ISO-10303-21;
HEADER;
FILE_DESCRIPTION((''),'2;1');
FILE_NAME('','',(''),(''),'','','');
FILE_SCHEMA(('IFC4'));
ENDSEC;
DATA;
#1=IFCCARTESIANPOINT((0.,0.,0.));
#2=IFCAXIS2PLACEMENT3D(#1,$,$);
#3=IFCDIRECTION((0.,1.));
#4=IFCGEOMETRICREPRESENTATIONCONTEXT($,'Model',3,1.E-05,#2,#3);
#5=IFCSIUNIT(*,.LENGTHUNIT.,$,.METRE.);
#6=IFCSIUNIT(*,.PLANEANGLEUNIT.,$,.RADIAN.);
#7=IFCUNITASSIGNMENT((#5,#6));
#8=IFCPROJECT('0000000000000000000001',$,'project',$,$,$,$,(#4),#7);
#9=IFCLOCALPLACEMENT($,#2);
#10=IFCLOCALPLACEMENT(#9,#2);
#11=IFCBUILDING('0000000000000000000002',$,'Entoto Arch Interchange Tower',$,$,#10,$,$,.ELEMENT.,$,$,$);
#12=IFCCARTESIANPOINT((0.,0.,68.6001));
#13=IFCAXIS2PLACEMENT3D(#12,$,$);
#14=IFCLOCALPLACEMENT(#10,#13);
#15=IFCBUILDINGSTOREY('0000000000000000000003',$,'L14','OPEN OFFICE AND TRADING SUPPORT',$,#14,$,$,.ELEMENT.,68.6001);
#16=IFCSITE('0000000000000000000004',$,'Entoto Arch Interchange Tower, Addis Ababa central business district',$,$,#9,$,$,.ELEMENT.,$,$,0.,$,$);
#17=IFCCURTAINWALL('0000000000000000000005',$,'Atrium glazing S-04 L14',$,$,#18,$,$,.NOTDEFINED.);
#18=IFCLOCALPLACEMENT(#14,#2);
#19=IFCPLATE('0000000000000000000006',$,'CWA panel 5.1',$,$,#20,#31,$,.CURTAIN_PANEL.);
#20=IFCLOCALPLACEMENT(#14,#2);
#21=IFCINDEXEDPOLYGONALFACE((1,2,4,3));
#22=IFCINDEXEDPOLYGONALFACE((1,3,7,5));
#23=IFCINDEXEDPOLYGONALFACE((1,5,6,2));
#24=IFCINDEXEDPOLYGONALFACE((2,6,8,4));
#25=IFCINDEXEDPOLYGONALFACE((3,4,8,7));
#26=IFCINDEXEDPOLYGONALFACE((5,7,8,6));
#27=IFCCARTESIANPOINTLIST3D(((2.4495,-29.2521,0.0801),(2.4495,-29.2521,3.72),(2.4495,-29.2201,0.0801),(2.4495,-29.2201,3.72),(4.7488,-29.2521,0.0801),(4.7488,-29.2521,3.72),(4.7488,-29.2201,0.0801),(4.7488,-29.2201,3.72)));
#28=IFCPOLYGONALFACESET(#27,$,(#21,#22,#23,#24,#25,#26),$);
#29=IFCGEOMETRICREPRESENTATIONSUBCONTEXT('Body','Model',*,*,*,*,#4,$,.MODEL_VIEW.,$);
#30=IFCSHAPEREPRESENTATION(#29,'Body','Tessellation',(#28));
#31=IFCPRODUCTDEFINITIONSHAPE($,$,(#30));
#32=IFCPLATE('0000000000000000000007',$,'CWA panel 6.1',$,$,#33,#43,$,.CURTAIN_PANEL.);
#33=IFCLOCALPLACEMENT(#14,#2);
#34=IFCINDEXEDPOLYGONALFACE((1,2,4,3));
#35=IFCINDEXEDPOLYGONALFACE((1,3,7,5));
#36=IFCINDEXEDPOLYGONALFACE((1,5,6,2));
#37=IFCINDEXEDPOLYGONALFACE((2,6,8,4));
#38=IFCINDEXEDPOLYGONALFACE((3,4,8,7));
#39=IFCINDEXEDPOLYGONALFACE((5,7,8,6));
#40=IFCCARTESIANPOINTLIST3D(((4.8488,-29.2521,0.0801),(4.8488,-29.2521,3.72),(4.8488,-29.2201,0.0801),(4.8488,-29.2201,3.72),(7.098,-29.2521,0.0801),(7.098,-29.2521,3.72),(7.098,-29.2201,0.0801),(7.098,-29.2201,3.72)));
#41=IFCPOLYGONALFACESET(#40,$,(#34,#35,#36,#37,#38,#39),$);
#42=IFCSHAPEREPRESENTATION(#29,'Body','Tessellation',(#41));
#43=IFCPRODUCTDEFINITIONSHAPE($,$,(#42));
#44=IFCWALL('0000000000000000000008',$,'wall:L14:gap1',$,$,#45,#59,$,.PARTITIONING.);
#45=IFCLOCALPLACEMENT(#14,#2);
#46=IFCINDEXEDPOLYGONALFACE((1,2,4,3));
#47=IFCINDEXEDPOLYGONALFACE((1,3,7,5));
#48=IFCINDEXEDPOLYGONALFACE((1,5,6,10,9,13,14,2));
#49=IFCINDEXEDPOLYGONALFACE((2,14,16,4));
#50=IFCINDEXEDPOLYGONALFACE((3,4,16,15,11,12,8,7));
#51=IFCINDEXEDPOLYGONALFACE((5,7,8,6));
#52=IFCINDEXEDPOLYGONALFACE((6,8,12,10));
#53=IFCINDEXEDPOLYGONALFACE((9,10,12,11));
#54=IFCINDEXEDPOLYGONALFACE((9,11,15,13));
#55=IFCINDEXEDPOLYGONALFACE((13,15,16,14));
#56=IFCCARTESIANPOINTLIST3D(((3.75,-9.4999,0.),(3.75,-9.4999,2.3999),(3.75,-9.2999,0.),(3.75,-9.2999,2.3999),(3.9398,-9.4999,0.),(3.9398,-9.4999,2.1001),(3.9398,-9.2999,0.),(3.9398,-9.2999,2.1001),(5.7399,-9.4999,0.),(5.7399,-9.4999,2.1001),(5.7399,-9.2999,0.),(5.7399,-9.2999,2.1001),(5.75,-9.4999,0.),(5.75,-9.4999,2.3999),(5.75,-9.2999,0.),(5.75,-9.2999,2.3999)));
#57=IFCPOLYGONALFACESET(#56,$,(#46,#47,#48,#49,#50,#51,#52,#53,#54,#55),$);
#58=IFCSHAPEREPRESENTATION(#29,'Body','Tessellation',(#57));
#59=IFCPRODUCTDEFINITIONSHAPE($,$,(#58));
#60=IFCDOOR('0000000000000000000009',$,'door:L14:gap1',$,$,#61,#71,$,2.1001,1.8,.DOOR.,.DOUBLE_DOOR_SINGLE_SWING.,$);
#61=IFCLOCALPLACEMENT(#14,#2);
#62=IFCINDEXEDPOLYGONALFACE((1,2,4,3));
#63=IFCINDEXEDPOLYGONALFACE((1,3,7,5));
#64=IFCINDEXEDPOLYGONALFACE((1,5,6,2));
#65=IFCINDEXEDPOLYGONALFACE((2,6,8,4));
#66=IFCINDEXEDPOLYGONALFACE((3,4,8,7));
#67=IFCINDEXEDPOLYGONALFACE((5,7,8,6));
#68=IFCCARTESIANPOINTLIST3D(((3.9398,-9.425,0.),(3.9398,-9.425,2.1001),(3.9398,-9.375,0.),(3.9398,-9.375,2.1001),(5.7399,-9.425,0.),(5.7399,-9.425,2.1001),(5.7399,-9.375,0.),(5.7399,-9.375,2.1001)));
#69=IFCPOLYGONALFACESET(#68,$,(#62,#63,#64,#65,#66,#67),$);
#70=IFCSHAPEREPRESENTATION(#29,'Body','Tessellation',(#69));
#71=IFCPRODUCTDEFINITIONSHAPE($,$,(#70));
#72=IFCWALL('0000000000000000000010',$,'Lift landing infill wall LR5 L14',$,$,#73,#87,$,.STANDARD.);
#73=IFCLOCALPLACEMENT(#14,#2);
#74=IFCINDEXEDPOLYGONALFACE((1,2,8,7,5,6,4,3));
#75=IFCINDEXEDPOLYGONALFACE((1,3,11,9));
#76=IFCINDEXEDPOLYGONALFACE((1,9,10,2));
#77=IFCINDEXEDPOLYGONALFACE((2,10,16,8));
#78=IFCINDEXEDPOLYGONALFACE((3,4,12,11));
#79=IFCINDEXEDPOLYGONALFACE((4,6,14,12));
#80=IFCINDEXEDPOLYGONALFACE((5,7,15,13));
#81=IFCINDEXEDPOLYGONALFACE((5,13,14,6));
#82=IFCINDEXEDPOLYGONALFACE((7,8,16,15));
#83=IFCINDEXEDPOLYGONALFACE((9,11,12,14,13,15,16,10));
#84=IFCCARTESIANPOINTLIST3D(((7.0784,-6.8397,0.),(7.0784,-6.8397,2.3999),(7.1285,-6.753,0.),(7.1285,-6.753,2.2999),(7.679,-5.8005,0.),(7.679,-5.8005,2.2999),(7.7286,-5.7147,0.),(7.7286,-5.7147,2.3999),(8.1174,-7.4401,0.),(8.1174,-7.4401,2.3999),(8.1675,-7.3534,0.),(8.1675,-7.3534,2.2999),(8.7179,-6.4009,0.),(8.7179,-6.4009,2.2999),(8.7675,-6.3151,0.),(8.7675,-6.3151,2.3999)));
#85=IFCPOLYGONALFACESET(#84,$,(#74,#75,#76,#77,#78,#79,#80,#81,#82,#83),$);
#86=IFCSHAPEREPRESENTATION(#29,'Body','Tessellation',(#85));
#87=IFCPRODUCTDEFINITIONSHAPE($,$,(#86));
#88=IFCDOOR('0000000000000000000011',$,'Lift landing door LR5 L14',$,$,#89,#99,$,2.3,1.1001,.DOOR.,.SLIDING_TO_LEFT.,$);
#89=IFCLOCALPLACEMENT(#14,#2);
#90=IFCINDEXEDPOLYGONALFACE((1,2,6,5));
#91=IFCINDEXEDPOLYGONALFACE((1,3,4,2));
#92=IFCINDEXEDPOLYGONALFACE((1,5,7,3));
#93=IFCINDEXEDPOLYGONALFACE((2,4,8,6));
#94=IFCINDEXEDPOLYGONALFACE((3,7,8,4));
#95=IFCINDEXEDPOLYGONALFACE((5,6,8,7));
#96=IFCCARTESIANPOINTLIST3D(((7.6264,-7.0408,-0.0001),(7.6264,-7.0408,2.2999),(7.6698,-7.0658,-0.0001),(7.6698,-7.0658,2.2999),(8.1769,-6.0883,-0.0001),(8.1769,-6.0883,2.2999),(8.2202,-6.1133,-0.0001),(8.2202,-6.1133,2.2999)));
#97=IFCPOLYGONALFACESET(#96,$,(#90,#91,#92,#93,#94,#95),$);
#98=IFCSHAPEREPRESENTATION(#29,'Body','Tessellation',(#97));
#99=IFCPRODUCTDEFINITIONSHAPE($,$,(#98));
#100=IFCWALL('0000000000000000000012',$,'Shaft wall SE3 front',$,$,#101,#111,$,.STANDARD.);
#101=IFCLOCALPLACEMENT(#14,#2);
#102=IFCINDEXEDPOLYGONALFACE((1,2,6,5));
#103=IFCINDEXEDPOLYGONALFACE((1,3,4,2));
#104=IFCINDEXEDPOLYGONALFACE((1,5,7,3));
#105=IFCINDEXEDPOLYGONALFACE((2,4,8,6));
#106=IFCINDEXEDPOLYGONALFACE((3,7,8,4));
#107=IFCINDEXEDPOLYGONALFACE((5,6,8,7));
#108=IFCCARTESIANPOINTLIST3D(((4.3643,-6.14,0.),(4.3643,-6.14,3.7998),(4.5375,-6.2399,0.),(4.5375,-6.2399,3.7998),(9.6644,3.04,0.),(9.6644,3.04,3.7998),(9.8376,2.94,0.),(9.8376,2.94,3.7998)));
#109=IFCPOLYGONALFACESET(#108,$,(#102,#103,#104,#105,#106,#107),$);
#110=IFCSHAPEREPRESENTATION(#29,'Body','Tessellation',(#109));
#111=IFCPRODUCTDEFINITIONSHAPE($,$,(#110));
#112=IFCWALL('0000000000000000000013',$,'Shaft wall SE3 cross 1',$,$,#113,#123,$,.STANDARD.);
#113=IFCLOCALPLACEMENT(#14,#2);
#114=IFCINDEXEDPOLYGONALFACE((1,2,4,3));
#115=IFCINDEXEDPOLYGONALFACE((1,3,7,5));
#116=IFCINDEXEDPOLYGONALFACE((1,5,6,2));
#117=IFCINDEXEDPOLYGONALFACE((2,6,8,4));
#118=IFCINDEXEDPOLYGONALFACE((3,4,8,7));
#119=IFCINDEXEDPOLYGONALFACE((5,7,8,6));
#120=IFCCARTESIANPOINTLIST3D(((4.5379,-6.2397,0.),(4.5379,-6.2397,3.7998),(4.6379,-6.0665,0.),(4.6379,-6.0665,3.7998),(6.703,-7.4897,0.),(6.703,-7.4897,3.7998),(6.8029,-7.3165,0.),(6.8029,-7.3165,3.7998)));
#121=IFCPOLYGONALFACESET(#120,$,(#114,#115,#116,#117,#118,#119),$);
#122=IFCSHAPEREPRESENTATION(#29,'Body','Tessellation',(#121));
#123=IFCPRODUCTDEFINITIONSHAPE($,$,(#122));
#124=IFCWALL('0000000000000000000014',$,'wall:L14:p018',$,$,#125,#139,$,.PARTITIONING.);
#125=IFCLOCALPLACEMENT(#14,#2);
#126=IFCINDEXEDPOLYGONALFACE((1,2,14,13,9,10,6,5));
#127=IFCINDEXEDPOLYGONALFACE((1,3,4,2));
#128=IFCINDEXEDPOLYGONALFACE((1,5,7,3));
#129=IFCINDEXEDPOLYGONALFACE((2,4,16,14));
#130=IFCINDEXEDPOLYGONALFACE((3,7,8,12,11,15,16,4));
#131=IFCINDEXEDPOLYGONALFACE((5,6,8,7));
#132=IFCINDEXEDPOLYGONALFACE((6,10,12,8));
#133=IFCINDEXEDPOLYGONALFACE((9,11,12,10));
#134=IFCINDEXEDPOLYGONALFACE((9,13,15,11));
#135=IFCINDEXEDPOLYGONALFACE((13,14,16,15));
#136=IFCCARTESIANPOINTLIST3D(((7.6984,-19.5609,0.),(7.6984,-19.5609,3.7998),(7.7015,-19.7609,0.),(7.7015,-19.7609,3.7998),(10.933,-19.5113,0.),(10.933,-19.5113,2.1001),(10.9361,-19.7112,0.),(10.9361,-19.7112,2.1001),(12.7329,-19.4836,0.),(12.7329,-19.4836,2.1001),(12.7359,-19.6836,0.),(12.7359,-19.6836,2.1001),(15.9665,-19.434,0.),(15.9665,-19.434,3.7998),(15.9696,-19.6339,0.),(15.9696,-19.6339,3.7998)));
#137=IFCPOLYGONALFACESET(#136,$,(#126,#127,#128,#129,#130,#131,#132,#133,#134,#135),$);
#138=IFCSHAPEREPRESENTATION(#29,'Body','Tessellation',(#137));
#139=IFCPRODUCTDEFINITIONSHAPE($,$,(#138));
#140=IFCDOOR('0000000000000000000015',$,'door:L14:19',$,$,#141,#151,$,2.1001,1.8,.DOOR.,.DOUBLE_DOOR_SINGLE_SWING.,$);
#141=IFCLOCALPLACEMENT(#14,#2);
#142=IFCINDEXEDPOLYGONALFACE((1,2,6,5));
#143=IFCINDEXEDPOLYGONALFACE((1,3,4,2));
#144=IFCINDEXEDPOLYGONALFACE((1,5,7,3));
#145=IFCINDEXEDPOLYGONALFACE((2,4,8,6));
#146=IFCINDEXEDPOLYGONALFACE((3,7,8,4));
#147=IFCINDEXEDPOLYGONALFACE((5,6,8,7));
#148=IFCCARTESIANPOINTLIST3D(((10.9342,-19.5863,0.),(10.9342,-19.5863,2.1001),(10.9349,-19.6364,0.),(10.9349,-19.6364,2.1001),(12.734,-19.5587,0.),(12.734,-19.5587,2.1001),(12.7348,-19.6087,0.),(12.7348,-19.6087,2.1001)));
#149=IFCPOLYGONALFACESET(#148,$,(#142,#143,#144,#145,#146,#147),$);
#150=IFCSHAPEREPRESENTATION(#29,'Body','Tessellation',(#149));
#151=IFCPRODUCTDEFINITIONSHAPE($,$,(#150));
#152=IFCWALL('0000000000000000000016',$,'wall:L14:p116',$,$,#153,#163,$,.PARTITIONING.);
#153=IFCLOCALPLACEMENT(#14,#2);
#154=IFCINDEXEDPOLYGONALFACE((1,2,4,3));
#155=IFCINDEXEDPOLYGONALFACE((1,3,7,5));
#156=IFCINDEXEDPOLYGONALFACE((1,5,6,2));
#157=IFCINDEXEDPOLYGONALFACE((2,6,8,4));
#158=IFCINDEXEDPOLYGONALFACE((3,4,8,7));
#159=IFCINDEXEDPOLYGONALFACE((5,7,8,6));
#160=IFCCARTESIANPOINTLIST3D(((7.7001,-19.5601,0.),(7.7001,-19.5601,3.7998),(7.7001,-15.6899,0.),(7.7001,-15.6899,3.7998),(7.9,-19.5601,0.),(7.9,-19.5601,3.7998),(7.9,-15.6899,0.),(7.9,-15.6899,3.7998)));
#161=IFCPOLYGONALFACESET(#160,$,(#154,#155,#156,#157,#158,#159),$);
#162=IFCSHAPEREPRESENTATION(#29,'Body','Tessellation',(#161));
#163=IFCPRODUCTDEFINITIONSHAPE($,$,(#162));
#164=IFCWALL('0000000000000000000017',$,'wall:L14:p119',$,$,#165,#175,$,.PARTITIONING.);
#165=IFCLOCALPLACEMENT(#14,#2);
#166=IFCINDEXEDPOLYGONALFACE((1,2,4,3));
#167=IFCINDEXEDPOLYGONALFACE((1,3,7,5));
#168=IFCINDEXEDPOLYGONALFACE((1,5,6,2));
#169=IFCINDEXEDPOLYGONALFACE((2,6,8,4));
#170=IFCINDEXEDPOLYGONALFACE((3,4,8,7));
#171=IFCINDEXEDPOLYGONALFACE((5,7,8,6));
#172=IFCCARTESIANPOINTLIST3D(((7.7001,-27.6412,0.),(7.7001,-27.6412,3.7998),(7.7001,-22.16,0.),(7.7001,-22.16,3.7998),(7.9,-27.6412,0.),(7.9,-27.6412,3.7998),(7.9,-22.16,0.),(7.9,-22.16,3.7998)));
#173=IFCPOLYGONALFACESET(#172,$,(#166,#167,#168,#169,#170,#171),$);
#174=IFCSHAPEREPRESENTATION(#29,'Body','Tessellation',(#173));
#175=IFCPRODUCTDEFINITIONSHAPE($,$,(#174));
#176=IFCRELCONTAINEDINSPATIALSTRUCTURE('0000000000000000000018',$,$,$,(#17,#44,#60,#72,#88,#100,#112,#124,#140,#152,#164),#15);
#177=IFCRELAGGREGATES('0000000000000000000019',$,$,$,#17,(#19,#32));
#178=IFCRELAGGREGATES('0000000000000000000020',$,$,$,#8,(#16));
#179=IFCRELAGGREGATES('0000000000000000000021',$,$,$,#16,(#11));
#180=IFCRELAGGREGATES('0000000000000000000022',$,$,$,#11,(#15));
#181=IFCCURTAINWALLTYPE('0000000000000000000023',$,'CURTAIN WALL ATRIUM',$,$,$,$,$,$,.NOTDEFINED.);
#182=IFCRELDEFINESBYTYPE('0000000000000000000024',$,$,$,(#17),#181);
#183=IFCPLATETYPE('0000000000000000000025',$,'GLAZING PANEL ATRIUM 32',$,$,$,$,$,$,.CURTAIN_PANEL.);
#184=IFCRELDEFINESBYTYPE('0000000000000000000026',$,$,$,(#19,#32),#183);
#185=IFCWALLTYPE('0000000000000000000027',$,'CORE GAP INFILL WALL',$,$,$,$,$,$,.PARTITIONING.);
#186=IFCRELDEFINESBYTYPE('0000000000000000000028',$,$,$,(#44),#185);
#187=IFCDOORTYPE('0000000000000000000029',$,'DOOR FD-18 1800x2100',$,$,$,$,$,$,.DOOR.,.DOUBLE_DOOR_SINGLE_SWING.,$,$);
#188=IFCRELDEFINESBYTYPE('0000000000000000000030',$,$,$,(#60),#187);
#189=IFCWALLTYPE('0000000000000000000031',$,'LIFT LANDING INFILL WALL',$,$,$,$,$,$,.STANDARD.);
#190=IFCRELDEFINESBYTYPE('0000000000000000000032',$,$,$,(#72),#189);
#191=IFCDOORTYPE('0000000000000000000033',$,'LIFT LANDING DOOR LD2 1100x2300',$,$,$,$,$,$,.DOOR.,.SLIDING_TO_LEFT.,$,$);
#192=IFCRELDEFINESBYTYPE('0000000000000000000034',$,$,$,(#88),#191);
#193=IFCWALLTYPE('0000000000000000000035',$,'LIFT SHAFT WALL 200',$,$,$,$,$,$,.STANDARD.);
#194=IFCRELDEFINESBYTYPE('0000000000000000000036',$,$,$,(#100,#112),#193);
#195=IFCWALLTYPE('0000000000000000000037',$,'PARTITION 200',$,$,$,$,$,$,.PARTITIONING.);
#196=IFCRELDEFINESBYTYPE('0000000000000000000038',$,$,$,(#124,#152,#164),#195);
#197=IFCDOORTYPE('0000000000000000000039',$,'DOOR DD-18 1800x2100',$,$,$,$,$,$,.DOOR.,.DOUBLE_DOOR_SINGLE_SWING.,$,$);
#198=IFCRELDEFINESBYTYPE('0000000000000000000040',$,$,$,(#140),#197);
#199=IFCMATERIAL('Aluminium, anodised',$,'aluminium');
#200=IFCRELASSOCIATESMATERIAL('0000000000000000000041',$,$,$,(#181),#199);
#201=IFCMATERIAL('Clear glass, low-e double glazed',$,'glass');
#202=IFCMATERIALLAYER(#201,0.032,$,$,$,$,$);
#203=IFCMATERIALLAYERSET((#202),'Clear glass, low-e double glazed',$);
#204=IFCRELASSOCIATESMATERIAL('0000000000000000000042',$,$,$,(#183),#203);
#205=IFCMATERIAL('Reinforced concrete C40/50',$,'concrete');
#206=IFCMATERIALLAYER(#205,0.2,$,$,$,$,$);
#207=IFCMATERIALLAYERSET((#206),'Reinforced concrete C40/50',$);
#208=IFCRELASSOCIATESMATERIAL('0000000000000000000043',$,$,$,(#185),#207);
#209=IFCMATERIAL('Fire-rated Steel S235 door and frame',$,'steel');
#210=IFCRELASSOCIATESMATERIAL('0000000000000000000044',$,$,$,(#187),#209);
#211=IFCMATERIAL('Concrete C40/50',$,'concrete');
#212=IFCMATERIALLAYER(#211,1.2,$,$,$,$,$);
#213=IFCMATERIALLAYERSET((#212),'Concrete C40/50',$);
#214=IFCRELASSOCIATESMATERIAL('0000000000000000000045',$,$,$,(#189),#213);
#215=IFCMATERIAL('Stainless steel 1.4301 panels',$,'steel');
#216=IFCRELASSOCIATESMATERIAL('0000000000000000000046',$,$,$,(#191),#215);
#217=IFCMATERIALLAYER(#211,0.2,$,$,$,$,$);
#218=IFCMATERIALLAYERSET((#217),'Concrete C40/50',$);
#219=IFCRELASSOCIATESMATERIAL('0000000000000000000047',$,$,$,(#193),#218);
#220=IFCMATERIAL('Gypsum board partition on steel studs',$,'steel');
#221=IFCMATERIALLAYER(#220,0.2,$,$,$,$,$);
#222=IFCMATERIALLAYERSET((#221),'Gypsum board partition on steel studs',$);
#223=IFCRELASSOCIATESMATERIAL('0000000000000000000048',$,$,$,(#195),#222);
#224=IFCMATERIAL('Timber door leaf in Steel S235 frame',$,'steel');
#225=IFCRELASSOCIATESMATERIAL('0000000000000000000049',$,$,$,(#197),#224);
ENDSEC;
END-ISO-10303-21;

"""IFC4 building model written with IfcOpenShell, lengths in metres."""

from ifc_helpers import new_model, si_unit, direction, frame, frame_2d, origin, origin_2d, place, context, subcontext, project, spatial, rectangle, extrude, material, layer, layer_set, type_object, element, fill, aggregate, save


model = new_model("IFC4")

# Units and contexts
model_context = context("Model", 3, precision=1e-05, world=origin(), true_north=direction((0.0, 1.0)))
body_context = subcontext(model_context, "Body", "Model", "MODEL_VIEW")
ifc_project = project(units=[si_unit("LENGTHUNIT", "METRE"), si_unit("PLANEANGLEUNIT", "RADIAN")], contexts=[model_context])

# Site, building, storey
site_placement = place(None, origin())
site = spatial("IfcSite", under=ifc_project, at=site_placement, Name="Entoto Arch Interchange Tower, Addis Ababa central business district", CompositionType="ELEMENT", RefElevation=0.0)
building_placement = place(site_placement, origin())
building = spatial("IfcBuilding", under=site, at=building_placement, Name="Entoto Arch Interchange Tower", CompositionType="ELEMENT")
storey_placement = place(building_placement, frame((0.0, 0.0, 68.6001)))
storey = spatial("IfcBuildingStorey", under=building, at=storey_placement, Name="L14", Description="OPEN OFFICE AND TRADING SUPPORT", CompositionType="ELEMENT", Elevation=68.6001)

# Curtain wall, plates
ifc_material_1 = material(Name="Aluminium, anodised", Category="aluminium")
curtain_wall_type = type_object("IfcCurtainWallType", Name="CURTAIN WALL ATRIUM", PredefinedType="NOTDEFINED", material=ifc_material_1)
curtain_wall_placement = place(storey_placement, origin())
curtain_wall = element("IfcCurtainWall", 1, at=curtain_wall_placement, inside=storey, type_object=curtain_wall_type, Name="Atrium glazing S-04 L14", PredefinedType="NOTDEFINED")
ifc_material_2 = material(Name="Clear glass, low-e double glazed", Category="glass")
ifc_layer_1 = layer(ifc_material_2, 0.032)
ifc_layer_set_1 = layer_set([ifc_layer_1], Name="Clear glass, low-e double glazed")
plate_type = type_object("IfcPlateType", Name="GLAZING PANEL ATRIUM 32", PredefinedType="CURTAIN_PANEL", material=ifc_layer_set_1)
plate_1_placement = place(storey_placement, frame((3.5991, -29.2361, 0.0801), z_axis=(0.0, 0.0, 1.0), x_axis=(1.0, 0.0, 0.0)))
plate_1 = element("IfcPlate", 2, at=plate_1_placement, type_object=plate_type, Name="CWA panel 5.1", PredefinedType="CURTAIN_PANEL", context=body_context, shape_type="SweptSolid", body=[
    extrude(rectangle(XDim=2.2993, YDim=0.032, at=origin_2d()), origin(), (0.0, 0.0, 1.0), 3.6399),
])
plate_2_placement = place(storey_placement, frame((5.9734, -29.2361, 0.0801), z_axis=(0.0, 0.0, 1.0), x_axis=(1.0, 0.0, 0.0)))
plate_2 = element("IfcPlate", 3, at=plate_2_placement, type_object=plate_type, Name="CWA panel 6.1", PredefinedType="CURTAIN_PANEL", context=body_context, shape_type="SweptSolid", body=[
    extrude(rectangle(XDim=2.2493, YDim=0.032, at=origin_2d()), origin(), (0.0, 0.0, 1.0), 3.6399),
])
aggregate(curtain_wall, [plate_1, plate_2])

# Walls, openings, doors
ifc_material_3 = material(Name="Reinforced concrete C40/50", Category="concrete")
ifc_layer_2 = layer(ifc_material_3, 0.2)
ifc_layer_set_2 = layer_set([ifc_layer_2], Name="Reinforced concrete C40/50")
wall_type_1 = type_object("IfcWallType", Name="CORE GAP INFILL WALL", PredefinedType="PARTITIONING", material=ifc_layer_set_2)
wall_1_placement = place(storey_placement, frame((3.75, -9.3999, 0.0), z_axis=(0.0, 0.0, 1.0), x_axis=(1.0, 0.0, 0.0)))
wall_1 = element("IfcWall", 4, at=wall_1_placement, inside=storey, type_object=wall_type_1, Name="wall:L14:gap1", PredefinedType="PARTITIONING", context=body_context, shape_type="SweptSolid", body=[
    extrude(rectangle(XDim=2.0, YDim=0.2, at=frame_2d((1.0, 0.0))), origin(), (0.0, 0.0, 1.0), 2.3999),
])
opening_1_placement = place(wall_1_placement, frame((0.1899, 0.0, 0.0)))
opening_1 = element("IfcOpeningElement", 5, at=opening_1_placement, cuts=wall_1, PredefinedType="OPENING", context=body_context, shape_type="SweptSolid", body=[
    extrude(rectangle(XDim=1.8, YDim=2.1001, at=frame_2d((0.8999, 1.05))), frame((0.0, 0.1099, 0.0), z_axis=(0.0, -1.0, 0.0), x_axis=(1.0, 0.0, 0.0)), (0.0, 0.0, 1.0), 0.22),
])
ifc_material_4 = material(Name="Fire-rated Steel S235 door and frame", Category="steel")
door_type_1 = type_object("IfcDoorType", Name="DOOR FD-18 1800x2100", OperationType="DOUBLE_DOOR_SINGLE_SWING", PredefinedType="DOOR", material=ifc_material_4)
door_1_placement = place(opening_1_placement, origin())
door_1 = element("IfcDoor", 6, at=door_1_placement, inside=storey, type_object=door_type_1, Name="door:L14:gap1", OperationType="DOUBLE_DOOR_SINGLE_SWING", OverallHeight=2.1001, OverallWidth=1.8, PredefinedType="DOOR", context=body_context, shape_type="SweptSolid", body=[
    extrude(rectangle(XDim=1.8, YDim=2.1001, at=frame_2d((0.8999, 1.05))), frame((0.0, 0.0249, 0.0), z_axis=(0.0, -1.0, 0.0), x_axis=(1.0, 0.0, 0.0)), (0.0, 0.0, 1.0), 0.05),
])
fill(opening_1, door_1)
ifc_material_5 = material(Name="Concrete C40/50", Category="concrete")
ifc_layer_3 = layer(ifc_material_5, 1.2)
ifc_layer_set_3 = layer_set([ifc_layer_3], Name="Concrete C40/50")
wall_type_2 = type_object("IfcWallType", Name="LIFT LANDING INFILL WALL", PredefinedType="STANDARD", material=ifc_layer_set_3)
wall_2_placement = place(storey_placement, frame((7.5979, -7.1399, 0.0), z_axis=(0.0, 0.0, 1.0), x_axis=(0.500362, 0.865816, 0.0)))
wall_2 = element("IfcWall", 7, at=wall_2_placement, inside=storey, type_object=wall_type_2, Name="Lift landing infill wall LR5 L14", PredefinedType="STANDARD", context=body_context, shape_type="SweptSolid", body=[
    extrude(rectangle(XDim=1.2993, YDim=1.2, at=frame_2d((0.6497, 0.0))), origin(), (0.0, 0.0, 1.0), 2.3999),
])
opening_2_placement = place(wall_2_placement, frame((0.1001, 0.0, 0.0)))
opening_2 = element("IfcOpeningElement", 8, at=opening_2_placement, cuts=wall_2, PredefinedType="OPENING", context=body_context, shape_type="SweptSolid", body=[
    extrude(rectangle(XDim=1.1001, YDim=2.3, at=frame_2d((0.55, 1.1499))), frame((0.0, 0.6099, 0.0), z_axis=(0.0, -1.0, 0.0), x_axis=(1.0, 0.0, 0.0)), (0.0, 0.0, 1.0), 1.22),
])
ifc_material_6 = material(Name="Stainless steel 1.4301 panels", Category="steel")
door_type_2 = type_object("IfcDoorType", Name="LIFT LANDING DOOR LD2 1100x2300", OperationType="SLIDING_TO_LEFT", PredefinedType="DOOR", material=ifc_material_6)
door_2_placement = place(opening_2_placement, origin())
door_2 = element("IfcDoor", 9, at=door_2_placement, inside=storey, type_object=door_type_2, Name="Lift landing door LR5 L14", OperationType="SLIDING_TO_LEFT", OverallHeight=2.3, OverallWidth=1.1001, PredefinedType="DOOR", context=body_context, shape_type="SweptSolid", body=[
    extrude(rectangle(XDim=1.1001, YDim=2.3, at=frame_2d((0.55, 1.1499))), frame((0.0, 0.0249, 0.0), z_axis=(0.0, -1.0, 0.0), x_axis=(1.0, 0.0, 0.0)), (0.0, 0.0, 1.0), 0.05),
])
fill(opening_2, door_2)

# Walls
ifc_layer_4 = layer(ifc_material_5, 0.2)
ifc_layer_set_4 = layer_set([ifc_layer_4], Name="Concrete C40/50")
wall_type_3 = type_object("IfcWallType", Name="LIFT SHAFT WALL 200", PredefinedType="STANDARD", material=ifc_layer_set_4)
wall_3_placement = place(storey_placement, frame((4.4509, -6.1899, 0.0), z_axis=(0.0, 0.0, 1.0), x_axis=(0.500001, 0.866025, 0.0)))
element("IfcWall", 10, at=wall_3_placement, inside=storey, type_object=wall_type_3, Name="Shaft wall SE3 front", PredefinedType="STANDARD", context=body_context, shape_type="SweptSolid", body=[
    extrude(rectangle(XDim=10.6001, YDim=0.2, at=frame_2d((5.3, 0.0))), origin(), (0.0, 0.0, 1.0), 3.7998),
])
wall_4_placement = place(storey_placement, frame((4.5879, -6.1531, 0.0), z_axis=(0.0, 0.0, 1.0), x_axis=(0.866023, -0.500004, 0.0)))
element("IfcWall", 11, at=wall_4_placement, inside=storey, type_object=wall_type_3, Name="Shaft wall SE3 cross 1", PredefinedType="STANDARD", context=body_context, shape_type="SweptSolid", body=[
    extrude(rectangle(XDim=2.5, YDim=0.2, at=frame_2d((1.25, 0.0))), origin(), (0.0, 0.0, 1.0), 3.7998),
])

# Wall, opening, door
ifc_material_7 = material(Name="Gypsum board partition on steel studs", Category="steel")
ifc_layer_5 = layer(ifc_material_7, 0.2)
ifc_layer_set_5 = layer_set([ifc_layer_5], Name="Gypsum board partition on steel studs")
wall_type_4 = type_object("IfcWallType", Name="PARTITION 200", PredefinedType="PARTITIONING", material=ifc_layer_set_5)
wall_5_placement = place(storey_placement, frame((7.7, -19.6609, 0.0), z_axis=(0.0, 0.0, 1.0), x_axis=(0.999882, 0.015353, 0.0)))
wall_5 = element("IfcWall", 12, at=wall_5_placement, inside=storey, type_object=wall_type_4, Name="wall:L14:p018", PredefinedType="PARTITIONING", context=body_context, shape_type="SweptSolid", body=[
    extrude(rectangle(XDim=8.269, YDim=0.2, at=frame_2d((4.1345, 0.0))), origin(), (0.0, 0.0, 1.0), 3.7998),
])
opening_3_placement = place(wall_5_placement, frame((3.2351, 0.0, 0.0)))
opening_3 = element("IfcOpeningElement", 13, at=opening_3_placement, cuts=wall_5, PredefinedType="OPENING", context=body_context, shape_type="SweptSolid", body=[
    extrude(rectangle(XDim=1.8, YDim=2.1001, at=frame_2d((0.8999, 1.05))), frame((0.0, 0.1099, 0.0), z_axis=(0.0, -1.0, 0.0), x_axis=(1.0, 0.0, 0.0)), (0.0, 0.0, 1.0), 0.22),
])
ifc_material_8 = material(Name="Timber door leaf in Steel S235 frame", Category="steel")
door_type_3 = type_object("IfcDoorType", Name="DOOR DD-18 1800x2100", OperationType="DOUBLE_DOOR_SINGLE_SWING", PredefinedType="DOOR", material=ifc_material_8)
door_3_placement = place(opening_3_placement, origin())
door_3 = element("IfcDoor", 14, at=door_3_placement, inside=storey, type_object=door_type_3, Name="door:L14:19", OperationType="DOUBLE_DOOR_SINGLE_SWING", OverallHeight=2.1001, OverallWidth=1.8, PredefinedType="DOOR", context=body_context, shape_type="SweptSolid", body=[
    extrude(rectangle(XDim=1.8, YDim=2.1001, at=frame_2d((0.8999, 1.05))), frame((0.0, 0.0249, 0.0), z_axis=(0.0, -1.0, 0.0), x_axis=(1.0, 0.0, 0.0)), (0.0, 0.0, 1.0), 0.05),
])
fill(opening_3, door_3)

# Walls
wall_6_placement = place(storey_placement, frame((7.8, -15.6899, 0.0), z_axis=(0.0, 0.0, 1.0), x_axis=(0.0, -1.0, 0.0)))
element("IfcWall", 15, at=wall_6_placement, inside=storey, type_object=wall_type_4, Name="wall:L14:p116", PredefinedType="PARTITIONING", context=body_context, shape_type="SweptSolid", body=[
    extrude(rectangle(XDim=3.8701, YDim=0.2, at=frame_2d((1.9351, 0.0))), origin(), (0.0, 0.0, 1.0), 3.7998),
])
wall_7_placement = place(storey_placement, frame((7.8, -22.1599, 0.0), z_axis=(0.0, 0.0, 1.0), x_axis=(0.0, -1.0, 0.0)))
element("IfcWall", 16, at=wall_7_placement, inside=storey, type_object=wall_type_4, Name="wall:L14:p119", PredefinedType="PARTITIONING", context=body_context, shape_type="SweptSolid", body=[
    extrude(rectangle(XDim=5.4812, YDim=0.2, at=frame_2d((2.7407, 0.0))), origin(), (0.0, 0.0, 1.0), 3.7998),
])

save(model, "model.ifc")
